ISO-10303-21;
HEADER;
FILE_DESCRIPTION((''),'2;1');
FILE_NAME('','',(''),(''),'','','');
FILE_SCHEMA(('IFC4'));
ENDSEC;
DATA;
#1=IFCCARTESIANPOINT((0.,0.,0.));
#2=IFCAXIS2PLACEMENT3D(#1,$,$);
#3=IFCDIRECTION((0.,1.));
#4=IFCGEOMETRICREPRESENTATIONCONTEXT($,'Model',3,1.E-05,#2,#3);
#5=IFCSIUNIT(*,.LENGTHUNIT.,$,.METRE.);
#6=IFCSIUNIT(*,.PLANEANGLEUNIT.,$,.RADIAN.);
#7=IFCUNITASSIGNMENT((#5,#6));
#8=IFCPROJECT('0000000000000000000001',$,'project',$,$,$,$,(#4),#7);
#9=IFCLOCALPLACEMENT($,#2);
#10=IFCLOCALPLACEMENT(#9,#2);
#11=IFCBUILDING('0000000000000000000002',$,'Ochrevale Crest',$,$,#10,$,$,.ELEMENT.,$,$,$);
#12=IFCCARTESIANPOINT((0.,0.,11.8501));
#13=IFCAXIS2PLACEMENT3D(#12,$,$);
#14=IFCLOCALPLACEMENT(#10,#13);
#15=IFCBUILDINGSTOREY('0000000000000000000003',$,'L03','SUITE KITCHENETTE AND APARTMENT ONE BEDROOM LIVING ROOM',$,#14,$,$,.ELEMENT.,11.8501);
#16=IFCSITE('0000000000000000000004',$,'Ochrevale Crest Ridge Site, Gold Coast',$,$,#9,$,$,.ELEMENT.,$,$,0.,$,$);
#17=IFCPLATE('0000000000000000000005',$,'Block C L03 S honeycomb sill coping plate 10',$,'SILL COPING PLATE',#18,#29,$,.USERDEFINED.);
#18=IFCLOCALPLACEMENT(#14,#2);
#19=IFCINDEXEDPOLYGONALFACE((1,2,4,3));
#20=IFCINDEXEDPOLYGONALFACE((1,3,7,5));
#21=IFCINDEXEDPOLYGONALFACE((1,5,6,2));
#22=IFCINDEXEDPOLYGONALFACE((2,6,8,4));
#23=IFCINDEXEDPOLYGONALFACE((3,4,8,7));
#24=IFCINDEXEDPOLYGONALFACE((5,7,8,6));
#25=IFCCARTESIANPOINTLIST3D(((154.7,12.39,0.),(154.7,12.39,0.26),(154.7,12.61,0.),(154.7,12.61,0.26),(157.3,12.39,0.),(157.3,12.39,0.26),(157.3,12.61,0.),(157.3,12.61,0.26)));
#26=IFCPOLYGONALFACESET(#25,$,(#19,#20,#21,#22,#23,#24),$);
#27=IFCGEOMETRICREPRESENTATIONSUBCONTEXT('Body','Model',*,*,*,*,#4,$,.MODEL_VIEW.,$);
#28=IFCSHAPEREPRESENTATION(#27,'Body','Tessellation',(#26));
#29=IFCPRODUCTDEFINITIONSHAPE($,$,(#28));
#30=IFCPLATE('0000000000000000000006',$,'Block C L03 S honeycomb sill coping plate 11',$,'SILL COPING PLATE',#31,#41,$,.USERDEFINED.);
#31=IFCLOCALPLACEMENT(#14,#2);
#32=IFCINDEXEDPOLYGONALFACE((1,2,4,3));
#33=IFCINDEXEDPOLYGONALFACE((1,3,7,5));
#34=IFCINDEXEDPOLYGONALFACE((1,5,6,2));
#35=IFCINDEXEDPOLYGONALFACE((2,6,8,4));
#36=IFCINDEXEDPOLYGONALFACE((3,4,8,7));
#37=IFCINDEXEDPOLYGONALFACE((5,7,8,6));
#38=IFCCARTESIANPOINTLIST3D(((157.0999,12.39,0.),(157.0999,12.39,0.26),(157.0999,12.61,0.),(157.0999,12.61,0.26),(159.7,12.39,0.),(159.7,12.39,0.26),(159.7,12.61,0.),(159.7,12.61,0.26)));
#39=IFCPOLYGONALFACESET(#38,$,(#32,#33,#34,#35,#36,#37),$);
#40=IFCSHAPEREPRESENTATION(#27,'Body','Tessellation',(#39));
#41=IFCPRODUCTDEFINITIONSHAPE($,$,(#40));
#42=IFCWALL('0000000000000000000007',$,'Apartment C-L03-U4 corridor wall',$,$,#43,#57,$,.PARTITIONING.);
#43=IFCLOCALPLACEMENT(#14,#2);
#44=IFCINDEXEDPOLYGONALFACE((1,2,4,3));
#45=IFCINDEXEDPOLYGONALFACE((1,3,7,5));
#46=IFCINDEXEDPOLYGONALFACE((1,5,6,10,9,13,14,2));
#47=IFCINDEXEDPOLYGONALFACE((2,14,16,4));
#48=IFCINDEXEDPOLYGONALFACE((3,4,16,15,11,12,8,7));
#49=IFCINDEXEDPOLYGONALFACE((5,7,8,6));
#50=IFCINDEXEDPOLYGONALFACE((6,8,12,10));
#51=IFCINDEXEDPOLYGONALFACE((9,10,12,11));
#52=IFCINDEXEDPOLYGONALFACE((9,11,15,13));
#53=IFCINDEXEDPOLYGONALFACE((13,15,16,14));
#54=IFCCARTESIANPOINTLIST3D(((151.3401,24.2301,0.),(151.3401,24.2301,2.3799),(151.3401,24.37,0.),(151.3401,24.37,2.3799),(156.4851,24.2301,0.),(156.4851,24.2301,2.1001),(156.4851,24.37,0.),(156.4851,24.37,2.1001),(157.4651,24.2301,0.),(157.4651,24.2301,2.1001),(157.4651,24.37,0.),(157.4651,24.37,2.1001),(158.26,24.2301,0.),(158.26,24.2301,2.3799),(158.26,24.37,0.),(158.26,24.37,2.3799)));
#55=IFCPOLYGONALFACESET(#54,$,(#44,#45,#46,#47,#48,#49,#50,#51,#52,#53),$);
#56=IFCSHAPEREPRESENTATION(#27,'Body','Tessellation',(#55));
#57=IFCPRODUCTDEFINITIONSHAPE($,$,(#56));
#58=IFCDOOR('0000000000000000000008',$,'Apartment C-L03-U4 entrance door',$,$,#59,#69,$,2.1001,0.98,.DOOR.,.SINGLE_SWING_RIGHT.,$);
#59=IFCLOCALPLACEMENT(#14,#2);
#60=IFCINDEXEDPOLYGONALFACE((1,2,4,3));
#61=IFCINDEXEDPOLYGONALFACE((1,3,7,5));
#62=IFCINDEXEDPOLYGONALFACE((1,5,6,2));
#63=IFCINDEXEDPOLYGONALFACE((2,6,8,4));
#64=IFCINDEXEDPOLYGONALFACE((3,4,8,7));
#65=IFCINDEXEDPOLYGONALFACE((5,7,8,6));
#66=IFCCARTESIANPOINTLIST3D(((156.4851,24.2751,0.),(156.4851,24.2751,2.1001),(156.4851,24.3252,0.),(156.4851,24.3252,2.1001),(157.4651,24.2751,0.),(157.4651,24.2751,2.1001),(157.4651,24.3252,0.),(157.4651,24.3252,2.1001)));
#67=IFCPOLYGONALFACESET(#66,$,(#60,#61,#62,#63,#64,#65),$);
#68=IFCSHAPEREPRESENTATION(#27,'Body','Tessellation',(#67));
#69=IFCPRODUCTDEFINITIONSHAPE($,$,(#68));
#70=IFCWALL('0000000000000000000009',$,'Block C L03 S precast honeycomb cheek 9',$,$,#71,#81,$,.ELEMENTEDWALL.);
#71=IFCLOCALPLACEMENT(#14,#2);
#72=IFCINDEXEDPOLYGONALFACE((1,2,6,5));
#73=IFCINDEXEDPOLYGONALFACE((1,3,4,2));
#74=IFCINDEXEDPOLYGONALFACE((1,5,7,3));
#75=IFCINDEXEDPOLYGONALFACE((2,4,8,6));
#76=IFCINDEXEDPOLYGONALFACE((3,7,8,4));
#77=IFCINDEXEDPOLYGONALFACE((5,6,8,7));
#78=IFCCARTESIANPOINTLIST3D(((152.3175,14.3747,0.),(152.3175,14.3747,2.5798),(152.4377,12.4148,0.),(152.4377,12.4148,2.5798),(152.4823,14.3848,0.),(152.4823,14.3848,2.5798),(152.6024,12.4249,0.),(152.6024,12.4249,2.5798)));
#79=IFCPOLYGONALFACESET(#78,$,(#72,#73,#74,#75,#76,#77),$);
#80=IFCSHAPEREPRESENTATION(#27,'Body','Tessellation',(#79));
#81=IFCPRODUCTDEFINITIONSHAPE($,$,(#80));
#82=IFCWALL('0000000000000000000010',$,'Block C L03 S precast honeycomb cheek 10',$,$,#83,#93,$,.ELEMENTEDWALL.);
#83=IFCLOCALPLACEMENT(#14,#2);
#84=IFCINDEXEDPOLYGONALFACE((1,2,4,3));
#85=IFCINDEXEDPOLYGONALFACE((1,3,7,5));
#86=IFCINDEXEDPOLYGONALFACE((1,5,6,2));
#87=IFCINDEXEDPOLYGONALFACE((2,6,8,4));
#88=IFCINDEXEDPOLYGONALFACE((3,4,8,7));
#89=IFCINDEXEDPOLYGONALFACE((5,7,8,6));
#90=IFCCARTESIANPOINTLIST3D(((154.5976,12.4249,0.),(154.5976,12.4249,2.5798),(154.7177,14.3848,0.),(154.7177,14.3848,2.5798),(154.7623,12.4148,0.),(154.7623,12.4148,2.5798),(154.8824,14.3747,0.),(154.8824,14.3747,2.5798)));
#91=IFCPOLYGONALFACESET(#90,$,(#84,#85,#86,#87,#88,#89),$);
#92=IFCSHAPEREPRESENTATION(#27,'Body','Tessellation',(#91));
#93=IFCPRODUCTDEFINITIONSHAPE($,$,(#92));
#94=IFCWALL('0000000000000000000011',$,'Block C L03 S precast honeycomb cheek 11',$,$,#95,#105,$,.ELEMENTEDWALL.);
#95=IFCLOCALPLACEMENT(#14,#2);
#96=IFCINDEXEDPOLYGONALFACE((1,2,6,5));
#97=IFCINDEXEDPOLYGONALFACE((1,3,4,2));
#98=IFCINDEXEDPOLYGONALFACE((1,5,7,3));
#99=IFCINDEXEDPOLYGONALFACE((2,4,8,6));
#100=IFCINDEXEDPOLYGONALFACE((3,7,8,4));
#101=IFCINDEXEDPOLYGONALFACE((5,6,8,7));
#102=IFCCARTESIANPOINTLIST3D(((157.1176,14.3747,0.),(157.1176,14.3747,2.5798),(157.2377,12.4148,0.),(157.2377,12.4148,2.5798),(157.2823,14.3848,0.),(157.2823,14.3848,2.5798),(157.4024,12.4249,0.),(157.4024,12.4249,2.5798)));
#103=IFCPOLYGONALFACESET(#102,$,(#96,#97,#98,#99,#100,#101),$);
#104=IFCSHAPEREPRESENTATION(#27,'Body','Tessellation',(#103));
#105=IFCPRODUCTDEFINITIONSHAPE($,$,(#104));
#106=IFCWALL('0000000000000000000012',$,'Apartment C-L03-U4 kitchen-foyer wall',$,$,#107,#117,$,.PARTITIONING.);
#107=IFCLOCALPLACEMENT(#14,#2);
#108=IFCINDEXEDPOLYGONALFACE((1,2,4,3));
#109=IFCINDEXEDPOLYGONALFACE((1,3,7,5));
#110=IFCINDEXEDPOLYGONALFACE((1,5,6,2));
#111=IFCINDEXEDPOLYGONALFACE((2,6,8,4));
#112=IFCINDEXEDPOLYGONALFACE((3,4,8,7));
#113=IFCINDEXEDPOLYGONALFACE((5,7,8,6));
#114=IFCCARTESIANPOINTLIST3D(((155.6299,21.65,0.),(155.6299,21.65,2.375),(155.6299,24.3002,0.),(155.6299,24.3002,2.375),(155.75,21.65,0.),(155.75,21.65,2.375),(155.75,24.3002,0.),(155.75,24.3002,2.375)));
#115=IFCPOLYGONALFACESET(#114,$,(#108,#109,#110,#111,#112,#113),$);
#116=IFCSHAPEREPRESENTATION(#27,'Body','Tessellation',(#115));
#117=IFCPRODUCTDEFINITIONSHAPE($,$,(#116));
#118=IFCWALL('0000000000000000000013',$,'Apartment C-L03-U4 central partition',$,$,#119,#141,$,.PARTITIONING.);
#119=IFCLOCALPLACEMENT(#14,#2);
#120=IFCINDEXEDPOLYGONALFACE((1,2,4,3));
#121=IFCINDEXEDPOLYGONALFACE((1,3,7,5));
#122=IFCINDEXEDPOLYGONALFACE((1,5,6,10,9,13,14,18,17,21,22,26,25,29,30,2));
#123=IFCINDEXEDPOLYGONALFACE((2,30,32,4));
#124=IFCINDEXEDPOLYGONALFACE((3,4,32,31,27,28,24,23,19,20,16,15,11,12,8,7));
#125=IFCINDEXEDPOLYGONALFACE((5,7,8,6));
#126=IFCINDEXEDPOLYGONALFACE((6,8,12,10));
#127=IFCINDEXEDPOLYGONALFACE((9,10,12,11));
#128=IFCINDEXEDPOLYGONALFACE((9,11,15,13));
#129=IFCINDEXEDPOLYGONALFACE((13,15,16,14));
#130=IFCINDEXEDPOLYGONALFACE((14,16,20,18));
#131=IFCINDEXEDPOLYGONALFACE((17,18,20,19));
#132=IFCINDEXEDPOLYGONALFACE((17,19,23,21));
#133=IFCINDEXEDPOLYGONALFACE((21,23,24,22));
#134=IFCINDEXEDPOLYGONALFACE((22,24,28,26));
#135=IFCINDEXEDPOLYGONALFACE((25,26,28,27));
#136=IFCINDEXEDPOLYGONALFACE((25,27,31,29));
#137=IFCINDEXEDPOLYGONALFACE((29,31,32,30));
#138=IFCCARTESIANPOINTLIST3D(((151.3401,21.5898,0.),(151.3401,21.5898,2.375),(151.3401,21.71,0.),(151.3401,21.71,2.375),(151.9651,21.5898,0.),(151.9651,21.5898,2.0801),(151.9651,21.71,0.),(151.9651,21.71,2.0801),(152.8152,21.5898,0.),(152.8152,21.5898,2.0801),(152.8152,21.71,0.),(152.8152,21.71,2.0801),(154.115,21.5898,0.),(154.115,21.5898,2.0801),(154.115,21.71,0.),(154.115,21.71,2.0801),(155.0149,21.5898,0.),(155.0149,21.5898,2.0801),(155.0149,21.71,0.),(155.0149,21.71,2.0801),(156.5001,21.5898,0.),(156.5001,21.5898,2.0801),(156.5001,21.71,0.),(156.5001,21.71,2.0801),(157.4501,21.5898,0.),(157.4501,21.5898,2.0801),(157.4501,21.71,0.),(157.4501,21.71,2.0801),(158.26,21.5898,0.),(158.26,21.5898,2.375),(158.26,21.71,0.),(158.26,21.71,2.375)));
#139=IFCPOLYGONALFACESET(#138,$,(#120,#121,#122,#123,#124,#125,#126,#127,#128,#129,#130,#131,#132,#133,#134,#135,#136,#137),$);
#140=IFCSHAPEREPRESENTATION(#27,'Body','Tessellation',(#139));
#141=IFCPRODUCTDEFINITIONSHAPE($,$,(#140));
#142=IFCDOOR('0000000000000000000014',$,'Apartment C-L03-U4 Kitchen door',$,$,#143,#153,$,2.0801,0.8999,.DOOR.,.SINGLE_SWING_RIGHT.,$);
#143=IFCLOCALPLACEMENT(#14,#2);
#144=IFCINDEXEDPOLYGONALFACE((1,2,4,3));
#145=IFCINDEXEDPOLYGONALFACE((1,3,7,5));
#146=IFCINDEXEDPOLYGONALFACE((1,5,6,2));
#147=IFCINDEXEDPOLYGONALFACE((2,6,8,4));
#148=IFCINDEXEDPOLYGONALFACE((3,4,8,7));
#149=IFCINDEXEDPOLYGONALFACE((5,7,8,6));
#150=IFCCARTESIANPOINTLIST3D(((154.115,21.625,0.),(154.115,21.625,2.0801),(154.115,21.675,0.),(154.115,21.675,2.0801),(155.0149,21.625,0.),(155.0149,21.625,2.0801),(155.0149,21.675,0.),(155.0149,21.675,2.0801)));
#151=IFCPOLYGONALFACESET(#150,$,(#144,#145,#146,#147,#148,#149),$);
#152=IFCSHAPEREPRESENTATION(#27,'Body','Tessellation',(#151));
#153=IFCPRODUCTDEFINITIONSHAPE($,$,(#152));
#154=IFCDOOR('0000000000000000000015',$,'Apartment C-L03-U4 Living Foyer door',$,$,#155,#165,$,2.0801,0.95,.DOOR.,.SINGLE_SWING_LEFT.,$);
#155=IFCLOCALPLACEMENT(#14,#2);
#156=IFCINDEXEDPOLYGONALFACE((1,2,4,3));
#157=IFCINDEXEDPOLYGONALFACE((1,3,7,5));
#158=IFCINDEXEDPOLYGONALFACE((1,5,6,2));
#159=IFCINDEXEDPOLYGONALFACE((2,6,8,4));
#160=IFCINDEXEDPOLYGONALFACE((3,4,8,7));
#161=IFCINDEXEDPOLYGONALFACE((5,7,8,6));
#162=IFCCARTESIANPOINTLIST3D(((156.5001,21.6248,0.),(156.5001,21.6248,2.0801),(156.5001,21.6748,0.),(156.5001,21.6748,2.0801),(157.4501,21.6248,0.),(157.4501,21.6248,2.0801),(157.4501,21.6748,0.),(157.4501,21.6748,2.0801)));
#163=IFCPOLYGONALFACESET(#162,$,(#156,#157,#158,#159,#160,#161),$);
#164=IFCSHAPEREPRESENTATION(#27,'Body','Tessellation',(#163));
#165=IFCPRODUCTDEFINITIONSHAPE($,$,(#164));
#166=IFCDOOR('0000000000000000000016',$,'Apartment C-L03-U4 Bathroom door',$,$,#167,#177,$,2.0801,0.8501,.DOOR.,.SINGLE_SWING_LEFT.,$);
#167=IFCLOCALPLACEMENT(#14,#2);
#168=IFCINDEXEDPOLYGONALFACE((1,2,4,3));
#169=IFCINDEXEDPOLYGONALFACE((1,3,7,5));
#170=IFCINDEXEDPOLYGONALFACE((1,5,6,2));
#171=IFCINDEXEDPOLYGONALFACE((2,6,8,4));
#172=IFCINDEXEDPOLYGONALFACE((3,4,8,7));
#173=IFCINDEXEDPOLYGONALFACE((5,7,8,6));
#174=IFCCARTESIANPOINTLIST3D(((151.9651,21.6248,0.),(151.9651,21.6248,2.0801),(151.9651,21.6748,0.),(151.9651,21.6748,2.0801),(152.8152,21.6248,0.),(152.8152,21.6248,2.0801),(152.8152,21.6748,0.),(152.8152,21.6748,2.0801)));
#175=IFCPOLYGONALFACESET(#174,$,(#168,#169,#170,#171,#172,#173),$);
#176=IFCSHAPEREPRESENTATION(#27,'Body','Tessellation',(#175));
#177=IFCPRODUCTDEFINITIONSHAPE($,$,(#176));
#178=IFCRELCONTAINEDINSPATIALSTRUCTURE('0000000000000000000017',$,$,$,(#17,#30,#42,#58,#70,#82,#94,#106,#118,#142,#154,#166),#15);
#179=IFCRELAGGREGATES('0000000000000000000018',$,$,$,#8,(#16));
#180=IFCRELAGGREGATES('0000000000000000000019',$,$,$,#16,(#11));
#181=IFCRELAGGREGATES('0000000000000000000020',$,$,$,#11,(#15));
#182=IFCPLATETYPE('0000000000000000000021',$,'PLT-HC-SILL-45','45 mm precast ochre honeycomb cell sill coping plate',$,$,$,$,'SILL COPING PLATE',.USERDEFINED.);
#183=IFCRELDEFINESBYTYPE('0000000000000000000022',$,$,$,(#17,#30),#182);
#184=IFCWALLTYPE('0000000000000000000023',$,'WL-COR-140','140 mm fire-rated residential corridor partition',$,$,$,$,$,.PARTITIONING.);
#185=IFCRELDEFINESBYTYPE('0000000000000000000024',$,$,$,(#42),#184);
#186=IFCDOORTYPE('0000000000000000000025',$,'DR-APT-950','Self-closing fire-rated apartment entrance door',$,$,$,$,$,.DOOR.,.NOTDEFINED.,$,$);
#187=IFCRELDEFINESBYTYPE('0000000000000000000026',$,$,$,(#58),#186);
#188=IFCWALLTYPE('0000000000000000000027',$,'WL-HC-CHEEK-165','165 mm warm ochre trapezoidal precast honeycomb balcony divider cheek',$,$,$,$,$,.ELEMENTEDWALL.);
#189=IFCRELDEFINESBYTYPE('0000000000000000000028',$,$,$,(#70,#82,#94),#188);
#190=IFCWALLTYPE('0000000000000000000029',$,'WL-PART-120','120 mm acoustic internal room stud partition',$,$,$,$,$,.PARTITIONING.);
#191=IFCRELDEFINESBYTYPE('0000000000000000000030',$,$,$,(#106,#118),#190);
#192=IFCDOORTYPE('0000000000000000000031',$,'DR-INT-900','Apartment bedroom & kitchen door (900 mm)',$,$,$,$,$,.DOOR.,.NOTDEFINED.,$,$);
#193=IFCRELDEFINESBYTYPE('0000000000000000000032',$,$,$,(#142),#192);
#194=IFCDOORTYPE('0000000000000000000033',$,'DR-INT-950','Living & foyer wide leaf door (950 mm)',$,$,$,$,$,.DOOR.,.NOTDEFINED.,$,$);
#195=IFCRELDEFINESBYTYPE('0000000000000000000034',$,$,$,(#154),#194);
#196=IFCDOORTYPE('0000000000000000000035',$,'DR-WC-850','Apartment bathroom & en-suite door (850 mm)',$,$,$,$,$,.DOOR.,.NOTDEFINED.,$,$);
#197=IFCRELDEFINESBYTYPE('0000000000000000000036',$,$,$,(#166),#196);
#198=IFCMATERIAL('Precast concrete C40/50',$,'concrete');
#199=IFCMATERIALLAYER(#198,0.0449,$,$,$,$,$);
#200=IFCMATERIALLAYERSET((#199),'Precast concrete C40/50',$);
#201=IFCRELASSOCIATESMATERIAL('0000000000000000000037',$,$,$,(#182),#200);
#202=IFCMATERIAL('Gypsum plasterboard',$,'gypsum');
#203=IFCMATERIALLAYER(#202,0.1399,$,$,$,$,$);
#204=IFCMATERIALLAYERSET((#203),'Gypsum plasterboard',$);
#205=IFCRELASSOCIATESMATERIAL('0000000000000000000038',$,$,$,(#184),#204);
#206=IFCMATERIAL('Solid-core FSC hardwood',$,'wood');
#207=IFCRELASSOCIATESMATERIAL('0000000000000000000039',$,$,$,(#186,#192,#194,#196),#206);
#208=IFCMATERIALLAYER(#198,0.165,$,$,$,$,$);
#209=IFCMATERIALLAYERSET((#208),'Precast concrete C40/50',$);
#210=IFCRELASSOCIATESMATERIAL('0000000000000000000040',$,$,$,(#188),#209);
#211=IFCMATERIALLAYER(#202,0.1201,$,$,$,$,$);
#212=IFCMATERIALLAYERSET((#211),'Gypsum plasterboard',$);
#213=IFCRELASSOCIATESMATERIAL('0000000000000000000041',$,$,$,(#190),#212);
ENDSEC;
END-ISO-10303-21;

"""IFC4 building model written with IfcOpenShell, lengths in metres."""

from ifc_helpers import new_model, si_unit, direction, frame, frame_2d, origin, origin_2d, place, context, subcontext, project, spatial, rectangle, extrude, material, layer, layer_set, type_object, element, fill, save


model = new_model("IFC4")

# Units and contexts
model_context = context("Model", 3, precision=1e-05, world=origin(), true_north=direction((0.0, 1.0)))
body_context = subcontext(model_context, "Body", "Model", "MODEL_VIEW")
ifc_project = project(units=[si_unit("LENGTHUNIT", "METRE"), si_unit("PLANEANGLEUNIT", "RADIAN")], contexts=[model_context])

# Site, building, storey
site_placement = place(None, origin())
site = spatial("IfcSite", under=ifc_project, at=site_placement, Name="Ochrevale Crest Ridge Site, Gold Coast", CompositionType="ELEMENT", RefElevation=0.0)
building_placement = place(site_placement, origin())
building = spatial("IfcBuilding", under=site, at=building_placement, Name="Ochrevale Crest", CompositionType="ELEMENT")
storey_placement = place(building_placement, frame((0.0, 0.0, 11.8501)))
storey = spatial("IfcBuildingStorey", under=building, at=storey_placement, Name="L03", Description="SUITE KITCHENETTE AND APARTMENT ONE BEDROOM LIVING ROOM", CompositionType="ELEMENT", Elevation=11.8501)

# Shared definitions
ifc_material_1 = material(Name="Precast concrete C40/50", Category="concrete")

# Plates
ifc_layer_1 = layer(ifc_material_1, 0.0449)
ifc_layer_set_1 = layer_set([ifc_layer_1], Name="Precast concrete C40/50")
plate_type_1 = type_object("IfcPlateType", Name="PLT-HC-SILL-45", Description="45 mm precast ochre honeycomb cell sill coping plate", ElementType="SILL COPING PLATE", PredefinedType="USERDEFINED", material=ifc_layer_set_1)
for number, where, z_axis, x_axis, name in (
    (1, (156.0, 12.5, 0.0), (0.0, 0.0, 1.0), (1.0, 0.0, 0.0), "Block C L03 S honeycomb sill coping plate 10"),
    (2, (158.3999, 12.5, 0.0), (0.0, 0.0, 1.0), (1.0, 0.0, 0.0), "Block C L03 S honeycomb sill coping plate 11"),
):
    element("IfcPlate", number, at=place(storey_placement, frame(where, z_axis=z_axis, x_axis=x_axis)), inside=storey, type_object=plate_type_1, Name=name, ObjectType="SILL COPING PLATE", PredefinedType="USERDEFINED", context=body_context, shape_type="SweptSolid", body=[
        extrude(rectangle(XDim=2.6001, YDim=0.22, at=origin_2d()), origin(), (0.0, 0.0, 1.0), 0.26),
    ])

# Wall, opening, door
ifc_material_2 = material(Name="Gypsum plasterboard", Category="gypsum")
ifc_layer_2 = layer(ifc_material_2, 0.1399)
ifc_layer_set_2 = layer_set([ifc_layer_2], Name="Gypsum plasterboard")
wall_type_1 = type_object("IfcWallType", Name="WL-COR-140", Description="140 mm fire-rated residential corridor partition", PredefinedType="PARTITIONING", material=ifc_layer_set_2)
wall_1_placement = place(storey_placement, frame((151.3401, 24.3, 0.0), z_axis=(0.0, 0.0, 1.0), x_axis=(1.0, 0.0, 0.0)))
wall_1 = element("IfcWall", 3, at=wall_1_placement, inside=storey, type_object=wall_type_1, Name="Apartment C-L03-U4 corridor wall", PredefinedType="PARTITIONING", context=body_context, shape_type="SweptSolid", body=[
    extrude(rectangle(XDim=6.9199, YDim=0.1399, at=frame_2d((3.46, 0.0))), origin(), (0.0, 0.0, 1.0), 2.3799),
])
opening_1_placement = place(wall_1_placement, frame((6.125, 0.0, 0.0), z_axis=(0.0, 0.0, 1.0), x_axis=(-1.0, 0.0, 0.0)))
opening_1 = element("IfcOpeningElement", 4, at=opening_1_placement, cuts=wall_1, PredefinedType="OPENING", context=body_context, shape_type="SweptSolid", body=[
    extrude(rectangle(XDim=0.98, YDim=2.1001, at=frame_2d((0.49, 1.05))), frame((0.0, 0.0801, 0.0), z_axis=(0.0, -1.0, 0.0), x_axis=(1.0, 0.0, 0.0)), (0.0, 0.0, 1.0), 0.1599),
])
ifc_material_3 = material(Name="Solid-core FSC hardwood", Category="wood")
door_type_1 = type_object("IfcDoorType", Name="DR-APT-950", Description="Self-closing fire-rated apartment entrance door", OperationType="NOTDEFINED", PredefinedType="DOOR", material=ifc_material_3)
door_1_placement = place(opening_1_placement, origin())
door_1 = element("IfcDoor", 5, at=door_1_placement, inside=storey, type_object=door_type_1, Name="Apartment C-L03-U4 entrance door", OperationType="SINGLE_SWING_RIGHT", OverallHeight=2.1001, OverallWidth=0.98, PredefinedType="DOOR", context=body_context, shape_type="SweptSolid", body=[
    extrude(rectangle(XDim=0.98, YDim=2.1001, at=frame_2d((0.49, 1.05))), frame((0.0, 0.0249, 0.0), z_axis=(0.0, -1.0, 0.0), x_axis=(1.0, 0.0, 0.0)), (0.0, 0.0, 1.0), 0.05),
])
fill(opening_1, door_1)

# Walls
ifc_layer_3 = layer(ifc_material_1, 0.165)
ifc_layer_set_3 = layer_set([ifc_layer_3], Name="Precast concrete C40/50")
wall_type_2 = type_object("IfcWallType", Name="WL-HC-CHEEK-165", Description="165 mm warm ochre trapezoidal precast honeycomb balcony divider cheek", PredefinedType="ELEMENTEDWALL", material=ifc_layer_set_3)
for number, where, z_axis, x_axis, name in (
    (6, (152.3999, 14.3799, 0.0), (0.0, 0.0, 1.0), (0.061171, -0.998127, 0.0), "Block C L03 S precast honeycomb cheek 9"),
    (7, (154.8, 14.3799, 0.0), (0.0, 0.0, 1.0), (-0.061171, -0.998127, 0.0), "Block C L03 S precast honeycomb cheek 10"),
    (8, (157.2, 14.3799, 0.0), (0.0, 0.0, 1.0), (0.061171, -0.998127, 0.0), "Block C L03 S precast honeycomb cheek 11"),
):
    element("IfcWall", number, at=place(storey_placement, frame(where, z_axis=z_axis, x_axis=x_axis)), inside=storey, type_object=wall_type_2, Name=name, PredefinedType="ELEMENTEDWALL", context=body_context, shape_type="SweptSolid", body=[
        extrude(rectangle(XDim=1.9636, YDim=0.165, at=frame_2d((0.9819, 0.0))), origin(), (0.0, 0.0, 1.0), 2.5798),
    ])
ifc_layer_4 = layer(ifc_material_2, 0.1201)
ifc_layer_set_4 = layer_set([ifc_layer_4], Name="Gypsum plasterboard")
wall_type_3 = type_object("IfcWallType", Name="WL-PART-120", Description="120 mm acoustic internal room stud partition", PredefinedType="PARTITIONING", material=ifc_layer_set_4)
wall_2_placement = place(storey_placement, frame((155.6899, 21.6499, 0.0), z_axis=(0.0, 0.0, 1.0), x_axis=(0.0, 1.0, 0.0)))
element("IfcWall", 9, at=wall_2_placement, inside=storey, type_object=wall_type_3, Name="Apartment C-L03-U4 kitchen-foyer wall", PredefinedType="PARTITIONING", context=body_context, shape_type="SweptSolid", body=[
    extrude(rectangle(XDim=2.6501, YDim=0.1201, at=frame_2d((1.3252, 0.0))), origin(), (0.0, 0.0, 1.0), 2.375),
])

# Wall, openings, doors
wall_3_placement = place(storey_placement, frame((151.3401, 21.6499, 0.0), z_axis=(0.0, 0.0, 1.0), x_axis=(1.0, 0.0, 0.0)))
wall_3 = element("IfcWall", 10, at=wall_3_placement, inside=storey, type_object=wall_type_3, Name="Apartment C-L03-U4 central partition", PredefinedType="PARTITIONING", context=body_context, shape_type="SweptSolid", body=[
    extrude(rectangle(XDim=6.9199, YDim=0.1201, at=frame_2d((3.46, 0.0))), origin(), (0.0, 0.0, 1.0), 2.375),
])
opening_2_placement = place(wall_3_placement, frame((0.625, 0.0, 0.0)))
opening_2 = element("IfcOpeningElement", 11, at=opening_2_placement, cuts=wall_3, PredefinedType="OPENING", context=body_context, shape_type="SweptSolid", body=[
    extrude(rectangle(XDim=0.8501, YDim=2.0801, at=frame_2d((0.425, 1.04))), frame((0.0, 0.0701, 0.0), z_axis=(0.0, -1.0, 0.0), x_axis=(1.0, 0.0, 0.0)), (0.0, 0.0, 1.0), 0.1401),
])
opening_3_placement = place(wall_3_placement, frame((3.6748, 0.0, 0.0), z_axis=(0.0, 0.0, 1.0), x_axis=(-1.0, 0.0, 0.0)))
opening_3 = element("IfcOpeningElement", 12, at=opening_3_placement, cuts=wall_3, PredefinedType="OPENING", context=body_context, shape_type="SweptSolid", body=[
    extrude(rectangle(XDim=0.8999, YDim=2.0801, at=frame_2d((0.45, 1.04))), frame((0.0, 0.0701, 0.0), z_axis=(0.0, -1.0, 0.0), x_axis=(1.0, 0.0, 0.0)), (0.0, 0.0, 1.0), 0.1401),
])
opening_4_placement = place(wall_3_placement, frame((5.1599, 0.0, 0.0)))
opening_4 = element("IfcOpeningElement", 13, at=opening_4_placement, cuts=wall_3, PredefinedType="OPENING", context=body_context, shape_type="SweptSolid", body=[
    extrude(rectangle(XDim=0.95, YDim=2.0801, at=frame_2d((0.4751, 1.04))), frame((0.0, 0.0701, 0.0), z_axis=(0.0, -1.0, 0.0), x_axis=(1.0, 0.0, 0.0)), (0.0, 0.0, 1.0), 0.1401),
])
door_type_2 = type_object("IfcDoorType", Name="DR-INT-900", Description="Apartment bedroom & kitchen door (900 mm)", OperationType="NOTDEFINED", PredefinedType="DOOR", material=ifc_material_3)
door_2_placement = place(opening_3_placement, origin())
door_2 = element("IfcDoor", 14, at=door_2_placement, inside=storey, type_object=door_type_2, Name="Apartment C-L03-U4 Kitchen door", OperationType="SINGLE_SWING_RIGHT", OverallHeight=2.0801, OverallWidth=0.8999, PredefinedType="DOOR", context=body_context, shape_type="SweptSolid", body=[
    extrude(rectangle(XDim=0.8999, YDim=2.0801, at=frame_2d((0.45, 1.04))), frame((0.0, 0.0249, 0.0), z_axis=(0.0, -1.0, 0.0), x_axis=(1.0, 0.0, 0.0)), (0.0, 0.0, 1.0), 0.05),
])
fill(opening_3, door_2)
door_type_3 = type_object("IfcDoorType", Name="DR-INT-950", Description="Living & foyer wide leaf door (950 mm)", OperationType="NOTDEFINED", PredefinedType="DOOR", material=ifc_material_3)
door_3_placement = place(opening_4_placement, origin())
door_3 = element("IfcDoor", 15, at=door_3_placement, inside=storey, type_object=door_type_3, Name="Apartment C-L03-U4 Living Foyer door", OperationType="SINGLE_SWING_LEFT", OverallHeight=2.0801, OverallWidth=0.95, PredefinedType="DOOR", context=body_context, shape_type="SweptSolid", body=[
    extrude(rectangle(XDim=0.95, YDim=2.0801, at=frame_2d((0.4751, 1.04))), frame((0.0, 0.0249, 0.0), z_axis=(0.0, -1.0, 0.0), x_axis=(1.0, 0.0, 0.0)), (0.0, 0.0, 1.0), 0.05),
])
fill(opening_4, door_3)
door_type_4 = type_object("IfcDoorType", Name="DR-WC-850", Description="Apartment bathroom & en-suite door (850 mm)", OperationType="NOTDEFINED", PredefinedType="DOOR", material=ifc_material_3)
door_4_placement = place(opening_2_placement, origin())
door_4 = element("IfcDoor", 16, at=door_4_placement, inside=storey, type_object=door_type_4, Name="Apartment C-L03-U4 Bathroom door", OperationType="SINGLE_SWING_LEFT", OverallHeight=2.0801, OverallWidth=0.8501, PredefinedType="DOOR", context=body_context, shape_type="SweptSolid", body=[
    extrude(rectangle(XDim=0.8501, YDim=2.0801, at=frame_2d((0.425, 1.04))), frame((0.0, 0.0249, 0.0), z_axis=(0.0, -1.0, 0.0), x_axis=(1.0, 0.0, 0.0)), (0.0, 0.0, 1.0), 0.05),
])
fill(opening_2, door_4)

save(model, "model.ifc")
